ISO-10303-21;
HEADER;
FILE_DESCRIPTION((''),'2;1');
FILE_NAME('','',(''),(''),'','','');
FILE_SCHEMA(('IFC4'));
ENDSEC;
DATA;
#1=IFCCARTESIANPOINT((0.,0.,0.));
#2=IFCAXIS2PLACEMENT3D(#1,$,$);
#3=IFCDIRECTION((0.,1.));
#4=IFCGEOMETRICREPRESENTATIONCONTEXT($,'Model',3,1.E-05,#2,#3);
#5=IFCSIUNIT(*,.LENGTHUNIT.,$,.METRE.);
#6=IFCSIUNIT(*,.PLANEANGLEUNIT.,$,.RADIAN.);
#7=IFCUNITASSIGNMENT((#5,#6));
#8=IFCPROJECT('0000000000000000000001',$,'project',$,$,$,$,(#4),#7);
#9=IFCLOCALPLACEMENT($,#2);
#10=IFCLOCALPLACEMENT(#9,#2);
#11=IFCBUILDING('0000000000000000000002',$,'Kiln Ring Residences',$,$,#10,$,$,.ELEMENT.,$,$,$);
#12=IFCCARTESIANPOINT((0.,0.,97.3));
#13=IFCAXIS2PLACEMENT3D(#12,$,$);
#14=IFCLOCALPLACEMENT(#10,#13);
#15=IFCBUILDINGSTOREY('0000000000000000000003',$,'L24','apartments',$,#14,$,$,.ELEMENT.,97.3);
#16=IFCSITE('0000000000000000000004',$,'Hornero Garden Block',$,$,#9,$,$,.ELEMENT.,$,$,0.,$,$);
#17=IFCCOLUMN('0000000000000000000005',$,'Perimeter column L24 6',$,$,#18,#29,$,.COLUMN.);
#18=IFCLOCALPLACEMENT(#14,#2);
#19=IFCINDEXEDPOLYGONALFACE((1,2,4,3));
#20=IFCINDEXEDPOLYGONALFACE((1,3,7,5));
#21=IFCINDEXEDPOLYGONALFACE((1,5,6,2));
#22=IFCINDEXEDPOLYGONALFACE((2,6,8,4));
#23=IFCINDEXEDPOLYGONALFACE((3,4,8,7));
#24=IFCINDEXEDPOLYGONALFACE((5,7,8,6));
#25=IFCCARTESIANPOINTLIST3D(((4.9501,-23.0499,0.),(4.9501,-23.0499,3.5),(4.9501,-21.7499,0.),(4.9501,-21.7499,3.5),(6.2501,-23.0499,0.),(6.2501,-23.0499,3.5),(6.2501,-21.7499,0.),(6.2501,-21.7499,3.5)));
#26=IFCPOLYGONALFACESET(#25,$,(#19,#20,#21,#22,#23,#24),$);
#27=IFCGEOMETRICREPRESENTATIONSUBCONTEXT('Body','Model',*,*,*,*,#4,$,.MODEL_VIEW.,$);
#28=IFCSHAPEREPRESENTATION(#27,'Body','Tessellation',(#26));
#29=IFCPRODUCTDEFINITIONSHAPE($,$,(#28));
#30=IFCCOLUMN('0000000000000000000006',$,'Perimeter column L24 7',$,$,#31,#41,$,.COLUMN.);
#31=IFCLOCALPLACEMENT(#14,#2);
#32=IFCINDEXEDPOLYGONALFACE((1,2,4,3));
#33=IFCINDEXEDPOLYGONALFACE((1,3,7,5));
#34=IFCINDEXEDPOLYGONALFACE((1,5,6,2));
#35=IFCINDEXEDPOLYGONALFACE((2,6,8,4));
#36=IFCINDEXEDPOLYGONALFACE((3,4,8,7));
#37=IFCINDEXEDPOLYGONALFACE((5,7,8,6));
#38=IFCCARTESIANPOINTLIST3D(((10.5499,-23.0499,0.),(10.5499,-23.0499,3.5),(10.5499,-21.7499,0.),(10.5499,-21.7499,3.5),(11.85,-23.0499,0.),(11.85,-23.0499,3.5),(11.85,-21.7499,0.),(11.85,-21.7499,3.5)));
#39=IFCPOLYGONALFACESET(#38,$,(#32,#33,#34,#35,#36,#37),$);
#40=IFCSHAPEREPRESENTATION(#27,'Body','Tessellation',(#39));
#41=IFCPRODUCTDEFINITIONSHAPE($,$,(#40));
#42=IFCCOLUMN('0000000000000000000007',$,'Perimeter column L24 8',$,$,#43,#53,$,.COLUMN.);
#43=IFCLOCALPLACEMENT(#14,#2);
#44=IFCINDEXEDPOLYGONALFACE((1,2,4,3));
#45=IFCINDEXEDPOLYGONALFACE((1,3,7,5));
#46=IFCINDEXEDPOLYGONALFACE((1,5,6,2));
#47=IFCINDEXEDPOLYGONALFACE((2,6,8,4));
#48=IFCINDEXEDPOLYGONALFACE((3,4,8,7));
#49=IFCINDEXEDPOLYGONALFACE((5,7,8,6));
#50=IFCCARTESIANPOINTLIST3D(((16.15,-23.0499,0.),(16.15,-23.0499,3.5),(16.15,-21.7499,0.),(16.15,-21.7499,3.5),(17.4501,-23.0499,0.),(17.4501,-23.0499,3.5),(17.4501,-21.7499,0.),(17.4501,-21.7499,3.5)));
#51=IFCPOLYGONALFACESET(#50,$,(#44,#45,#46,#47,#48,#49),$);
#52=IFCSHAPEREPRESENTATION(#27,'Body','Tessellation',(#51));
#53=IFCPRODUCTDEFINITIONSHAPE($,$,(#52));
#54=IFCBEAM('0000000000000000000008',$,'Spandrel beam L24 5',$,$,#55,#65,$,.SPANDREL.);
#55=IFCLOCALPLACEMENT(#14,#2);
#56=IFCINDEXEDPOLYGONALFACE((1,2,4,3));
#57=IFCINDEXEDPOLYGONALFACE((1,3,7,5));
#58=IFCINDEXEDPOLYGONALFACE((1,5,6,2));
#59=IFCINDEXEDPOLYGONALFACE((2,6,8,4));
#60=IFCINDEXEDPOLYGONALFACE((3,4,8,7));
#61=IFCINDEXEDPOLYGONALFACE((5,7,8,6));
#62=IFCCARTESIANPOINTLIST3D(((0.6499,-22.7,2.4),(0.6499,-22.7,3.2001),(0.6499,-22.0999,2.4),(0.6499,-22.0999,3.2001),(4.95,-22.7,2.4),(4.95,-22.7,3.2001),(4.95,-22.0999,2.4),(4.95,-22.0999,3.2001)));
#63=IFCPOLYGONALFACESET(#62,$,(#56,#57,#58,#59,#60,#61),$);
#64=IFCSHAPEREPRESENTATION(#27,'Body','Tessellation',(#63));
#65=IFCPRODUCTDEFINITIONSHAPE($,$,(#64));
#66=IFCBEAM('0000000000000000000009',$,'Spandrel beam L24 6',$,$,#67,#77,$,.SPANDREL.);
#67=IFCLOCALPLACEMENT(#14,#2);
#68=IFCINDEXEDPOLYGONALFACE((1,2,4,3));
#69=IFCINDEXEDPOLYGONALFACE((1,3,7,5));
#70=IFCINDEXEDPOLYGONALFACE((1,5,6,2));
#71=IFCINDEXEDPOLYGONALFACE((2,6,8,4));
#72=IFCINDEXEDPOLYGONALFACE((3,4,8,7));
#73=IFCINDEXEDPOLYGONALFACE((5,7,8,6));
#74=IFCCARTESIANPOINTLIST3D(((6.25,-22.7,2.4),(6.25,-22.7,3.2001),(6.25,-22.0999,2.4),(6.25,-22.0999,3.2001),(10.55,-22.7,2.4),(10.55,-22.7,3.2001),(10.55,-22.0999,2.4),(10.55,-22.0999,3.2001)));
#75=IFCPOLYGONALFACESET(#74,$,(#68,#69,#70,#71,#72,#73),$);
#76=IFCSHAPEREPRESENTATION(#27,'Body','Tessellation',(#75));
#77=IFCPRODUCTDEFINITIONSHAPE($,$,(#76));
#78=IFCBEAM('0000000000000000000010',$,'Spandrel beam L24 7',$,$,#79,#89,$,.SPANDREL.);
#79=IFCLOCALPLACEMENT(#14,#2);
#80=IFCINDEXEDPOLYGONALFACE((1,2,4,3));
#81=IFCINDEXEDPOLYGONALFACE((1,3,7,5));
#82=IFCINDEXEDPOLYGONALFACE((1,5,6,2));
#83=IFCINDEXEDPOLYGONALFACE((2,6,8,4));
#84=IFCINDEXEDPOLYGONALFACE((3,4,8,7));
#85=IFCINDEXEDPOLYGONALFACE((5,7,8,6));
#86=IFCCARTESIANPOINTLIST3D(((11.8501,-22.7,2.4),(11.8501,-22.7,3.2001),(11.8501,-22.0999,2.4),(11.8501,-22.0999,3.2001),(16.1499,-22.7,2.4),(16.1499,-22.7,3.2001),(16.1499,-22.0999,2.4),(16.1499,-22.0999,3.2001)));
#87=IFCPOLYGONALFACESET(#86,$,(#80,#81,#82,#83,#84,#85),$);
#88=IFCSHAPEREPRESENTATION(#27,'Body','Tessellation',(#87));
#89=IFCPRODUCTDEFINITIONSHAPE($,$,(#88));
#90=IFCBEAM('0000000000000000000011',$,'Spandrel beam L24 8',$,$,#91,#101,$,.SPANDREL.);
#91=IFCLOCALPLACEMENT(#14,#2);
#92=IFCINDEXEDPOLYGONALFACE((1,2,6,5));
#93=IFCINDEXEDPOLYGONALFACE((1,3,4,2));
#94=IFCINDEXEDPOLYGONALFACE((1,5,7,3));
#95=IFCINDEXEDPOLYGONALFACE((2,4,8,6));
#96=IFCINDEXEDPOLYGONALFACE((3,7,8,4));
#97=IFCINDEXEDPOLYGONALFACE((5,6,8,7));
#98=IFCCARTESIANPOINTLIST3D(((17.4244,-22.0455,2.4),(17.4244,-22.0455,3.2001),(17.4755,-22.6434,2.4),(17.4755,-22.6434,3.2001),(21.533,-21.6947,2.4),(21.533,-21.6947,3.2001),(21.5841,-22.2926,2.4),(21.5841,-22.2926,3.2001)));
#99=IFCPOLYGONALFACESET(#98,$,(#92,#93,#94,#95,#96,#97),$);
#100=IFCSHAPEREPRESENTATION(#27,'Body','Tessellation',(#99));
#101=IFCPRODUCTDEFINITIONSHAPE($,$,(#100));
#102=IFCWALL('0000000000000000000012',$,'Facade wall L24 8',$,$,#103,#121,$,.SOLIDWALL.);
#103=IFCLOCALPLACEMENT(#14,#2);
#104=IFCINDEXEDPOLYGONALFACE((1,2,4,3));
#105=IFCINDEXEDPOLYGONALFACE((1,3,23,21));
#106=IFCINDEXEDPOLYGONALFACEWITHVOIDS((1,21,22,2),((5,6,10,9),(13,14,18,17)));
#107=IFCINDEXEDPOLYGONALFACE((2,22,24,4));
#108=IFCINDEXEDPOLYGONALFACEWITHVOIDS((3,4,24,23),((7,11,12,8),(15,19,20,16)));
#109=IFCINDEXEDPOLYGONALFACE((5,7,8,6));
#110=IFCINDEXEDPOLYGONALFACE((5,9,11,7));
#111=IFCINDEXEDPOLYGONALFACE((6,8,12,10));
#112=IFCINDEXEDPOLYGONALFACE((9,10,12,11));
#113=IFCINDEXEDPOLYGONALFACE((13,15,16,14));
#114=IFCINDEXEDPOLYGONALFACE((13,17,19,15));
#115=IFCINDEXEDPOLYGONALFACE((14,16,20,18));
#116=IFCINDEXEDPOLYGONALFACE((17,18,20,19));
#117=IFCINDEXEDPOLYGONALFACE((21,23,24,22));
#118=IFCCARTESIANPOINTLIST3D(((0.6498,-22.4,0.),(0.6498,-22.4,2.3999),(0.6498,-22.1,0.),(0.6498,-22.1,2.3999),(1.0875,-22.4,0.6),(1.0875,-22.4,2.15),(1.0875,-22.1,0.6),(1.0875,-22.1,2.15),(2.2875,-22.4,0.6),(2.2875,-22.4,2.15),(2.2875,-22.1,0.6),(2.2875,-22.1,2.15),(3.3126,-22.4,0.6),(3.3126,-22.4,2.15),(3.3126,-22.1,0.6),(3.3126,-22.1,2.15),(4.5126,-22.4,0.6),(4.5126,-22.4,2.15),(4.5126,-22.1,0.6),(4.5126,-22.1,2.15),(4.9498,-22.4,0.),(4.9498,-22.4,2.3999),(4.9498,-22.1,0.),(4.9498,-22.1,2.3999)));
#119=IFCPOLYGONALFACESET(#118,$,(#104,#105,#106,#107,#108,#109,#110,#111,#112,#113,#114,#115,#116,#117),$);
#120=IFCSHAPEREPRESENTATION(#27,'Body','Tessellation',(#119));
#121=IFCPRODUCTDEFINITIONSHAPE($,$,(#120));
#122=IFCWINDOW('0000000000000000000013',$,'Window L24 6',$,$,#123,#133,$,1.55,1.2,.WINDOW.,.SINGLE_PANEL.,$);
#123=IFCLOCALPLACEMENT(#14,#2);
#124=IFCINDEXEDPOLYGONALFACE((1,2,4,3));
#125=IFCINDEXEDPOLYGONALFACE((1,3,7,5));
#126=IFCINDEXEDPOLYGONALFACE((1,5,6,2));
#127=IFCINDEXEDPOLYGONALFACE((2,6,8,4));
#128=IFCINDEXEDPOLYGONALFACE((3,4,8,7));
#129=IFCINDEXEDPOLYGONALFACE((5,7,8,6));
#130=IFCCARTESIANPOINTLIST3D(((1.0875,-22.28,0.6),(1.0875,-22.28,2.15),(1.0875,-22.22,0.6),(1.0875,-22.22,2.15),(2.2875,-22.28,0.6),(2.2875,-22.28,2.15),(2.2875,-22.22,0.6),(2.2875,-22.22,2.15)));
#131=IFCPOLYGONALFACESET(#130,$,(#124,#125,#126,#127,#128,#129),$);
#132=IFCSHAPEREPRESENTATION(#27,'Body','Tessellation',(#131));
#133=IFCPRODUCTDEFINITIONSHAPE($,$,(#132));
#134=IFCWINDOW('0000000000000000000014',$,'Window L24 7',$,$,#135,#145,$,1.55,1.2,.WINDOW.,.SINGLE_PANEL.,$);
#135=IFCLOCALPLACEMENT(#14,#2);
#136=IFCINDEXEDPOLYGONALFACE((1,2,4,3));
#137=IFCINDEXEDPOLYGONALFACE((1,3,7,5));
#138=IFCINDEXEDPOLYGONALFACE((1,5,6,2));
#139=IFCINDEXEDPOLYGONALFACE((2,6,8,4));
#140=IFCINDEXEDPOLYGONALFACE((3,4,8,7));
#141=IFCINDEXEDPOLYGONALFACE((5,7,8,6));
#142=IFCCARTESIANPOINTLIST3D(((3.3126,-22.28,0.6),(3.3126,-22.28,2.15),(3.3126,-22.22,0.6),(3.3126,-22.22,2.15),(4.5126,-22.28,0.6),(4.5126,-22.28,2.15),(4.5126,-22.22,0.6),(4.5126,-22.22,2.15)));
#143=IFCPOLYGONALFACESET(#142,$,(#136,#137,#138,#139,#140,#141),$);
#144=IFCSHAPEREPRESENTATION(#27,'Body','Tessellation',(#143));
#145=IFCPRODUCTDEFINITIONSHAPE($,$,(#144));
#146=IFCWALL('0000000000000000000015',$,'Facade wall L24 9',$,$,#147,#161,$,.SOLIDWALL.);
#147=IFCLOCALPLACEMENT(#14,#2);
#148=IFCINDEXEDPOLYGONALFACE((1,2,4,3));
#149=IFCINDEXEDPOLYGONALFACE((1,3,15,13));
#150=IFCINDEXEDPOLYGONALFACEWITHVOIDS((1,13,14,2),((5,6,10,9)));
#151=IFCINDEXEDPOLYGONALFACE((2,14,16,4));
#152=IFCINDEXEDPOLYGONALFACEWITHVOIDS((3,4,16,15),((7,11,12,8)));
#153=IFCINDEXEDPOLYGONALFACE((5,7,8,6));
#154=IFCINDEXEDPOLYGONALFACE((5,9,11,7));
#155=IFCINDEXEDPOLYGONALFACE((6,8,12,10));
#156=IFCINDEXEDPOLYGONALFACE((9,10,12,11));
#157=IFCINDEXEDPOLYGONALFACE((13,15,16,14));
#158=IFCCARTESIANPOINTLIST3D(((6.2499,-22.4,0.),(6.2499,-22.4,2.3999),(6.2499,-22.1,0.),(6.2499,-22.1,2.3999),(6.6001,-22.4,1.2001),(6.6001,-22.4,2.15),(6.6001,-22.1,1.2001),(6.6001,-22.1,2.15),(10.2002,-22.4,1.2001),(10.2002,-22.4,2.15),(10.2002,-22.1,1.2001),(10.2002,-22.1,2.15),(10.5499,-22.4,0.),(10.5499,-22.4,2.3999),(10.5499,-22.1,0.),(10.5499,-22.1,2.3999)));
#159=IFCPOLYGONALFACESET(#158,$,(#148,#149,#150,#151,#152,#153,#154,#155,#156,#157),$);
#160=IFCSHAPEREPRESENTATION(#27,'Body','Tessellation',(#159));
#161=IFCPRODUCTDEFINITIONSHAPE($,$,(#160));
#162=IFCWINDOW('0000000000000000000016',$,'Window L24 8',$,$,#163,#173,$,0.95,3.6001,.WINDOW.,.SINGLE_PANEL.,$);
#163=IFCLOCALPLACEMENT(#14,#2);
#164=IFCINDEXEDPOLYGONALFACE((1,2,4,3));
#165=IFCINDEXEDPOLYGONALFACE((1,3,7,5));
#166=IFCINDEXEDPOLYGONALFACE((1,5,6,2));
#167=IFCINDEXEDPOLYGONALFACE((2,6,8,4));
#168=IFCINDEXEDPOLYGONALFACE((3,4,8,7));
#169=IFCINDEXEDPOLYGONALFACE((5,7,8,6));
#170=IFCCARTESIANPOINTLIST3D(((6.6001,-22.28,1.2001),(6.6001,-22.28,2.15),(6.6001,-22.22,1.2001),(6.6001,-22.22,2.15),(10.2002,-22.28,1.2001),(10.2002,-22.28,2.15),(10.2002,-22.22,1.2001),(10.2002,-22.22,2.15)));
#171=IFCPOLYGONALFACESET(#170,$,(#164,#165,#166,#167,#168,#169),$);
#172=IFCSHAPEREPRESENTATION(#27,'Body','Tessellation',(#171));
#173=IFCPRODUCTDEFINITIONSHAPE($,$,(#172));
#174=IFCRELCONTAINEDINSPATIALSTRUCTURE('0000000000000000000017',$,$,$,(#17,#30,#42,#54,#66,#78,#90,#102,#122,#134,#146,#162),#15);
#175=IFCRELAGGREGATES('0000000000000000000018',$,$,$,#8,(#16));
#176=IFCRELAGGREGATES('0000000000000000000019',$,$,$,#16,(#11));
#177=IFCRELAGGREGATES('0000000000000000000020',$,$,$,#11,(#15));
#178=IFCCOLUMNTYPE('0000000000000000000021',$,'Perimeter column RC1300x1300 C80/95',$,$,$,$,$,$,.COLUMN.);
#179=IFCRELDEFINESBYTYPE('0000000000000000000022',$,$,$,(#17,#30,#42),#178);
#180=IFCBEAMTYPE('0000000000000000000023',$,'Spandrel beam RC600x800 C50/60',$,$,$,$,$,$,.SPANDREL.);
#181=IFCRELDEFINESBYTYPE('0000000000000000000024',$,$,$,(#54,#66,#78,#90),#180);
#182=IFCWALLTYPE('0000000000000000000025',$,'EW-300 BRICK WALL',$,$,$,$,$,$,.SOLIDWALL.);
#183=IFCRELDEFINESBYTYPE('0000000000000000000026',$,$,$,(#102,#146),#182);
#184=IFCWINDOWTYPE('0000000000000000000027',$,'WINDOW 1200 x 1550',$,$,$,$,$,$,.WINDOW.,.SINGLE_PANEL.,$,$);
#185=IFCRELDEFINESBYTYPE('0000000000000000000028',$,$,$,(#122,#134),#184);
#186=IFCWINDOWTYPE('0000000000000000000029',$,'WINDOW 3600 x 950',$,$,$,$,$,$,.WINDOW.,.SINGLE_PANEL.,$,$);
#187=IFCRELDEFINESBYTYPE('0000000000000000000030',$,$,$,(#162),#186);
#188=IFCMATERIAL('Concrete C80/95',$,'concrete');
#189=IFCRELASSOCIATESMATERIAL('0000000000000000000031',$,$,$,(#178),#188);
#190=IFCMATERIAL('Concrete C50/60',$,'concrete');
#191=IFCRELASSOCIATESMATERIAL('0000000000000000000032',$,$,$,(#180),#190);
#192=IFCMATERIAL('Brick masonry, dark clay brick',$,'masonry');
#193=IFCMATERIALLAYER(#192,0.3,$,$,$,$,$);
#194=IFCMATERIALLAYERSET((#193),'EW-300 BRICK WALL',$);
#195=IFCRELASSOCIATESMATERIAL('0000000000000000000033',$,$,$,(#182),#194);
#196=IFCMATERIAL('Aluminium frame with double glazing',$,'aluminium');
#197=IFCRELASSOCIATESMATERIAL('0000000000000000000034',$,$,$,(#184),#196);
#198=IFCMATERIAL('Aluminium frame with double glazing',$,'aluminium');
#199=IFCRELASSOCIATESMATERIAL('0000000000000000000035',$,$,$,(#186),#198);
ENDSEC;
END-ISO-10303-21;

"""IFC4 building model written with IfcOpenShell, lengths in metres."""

from ifc_helpers import new_model, si_unit, direction, frame, frame_2d, origin, origin_2d, place, context, subcontext, project, spatial, rectangle, extrude, material, layer, layer_set, material_profile, profile_set, type_object, element, fill, save


model = new_model("IFC4")

# Units and contexts
model_context = context("Model", 3, precision=1e-05, world=origin(), true_north=direction((0.0, 1.0)))
body_context = subcontext(model_context, "Body", "Model", "MODEL_VIEW")
ifc_project = project(units=[si_unit("LENGTHUNIT", "METRE"), si_unit("PLANEANGLEUNIT", "RADIAN")], contexts=[model_context])

# Site, building, storey
site_placement = place(None, origin())
site = spatial("IfcSite", under=ifc_project, at=site_placement, Name="Hornero Garden Block", CompositionType="ELEMENT", RefElevation=0.0)
building_placement = place(site_placement, origin())
building = spatial("IfcBuilding", under=site, at=building_placement, Name="Kiln Ring Residences", CompositionType="ELEMENT")
storey_placement = place(building_placement, frame((0.0, 0.0, 97.3)))
storey = spatial("IfcBuildingStorey", under=building, at=storey_placement, Name="L24", Description="apartments", CompositionType="ELEMENT", Elevation=97.3)

# Columns
ifc_material_1 = material(Name="Concrete C80/95", Category="concrete")
ifc_material_profile_1 = material_profile(ifc_material_1, rectangle(XDim=1.3, YDim=1.3, at=origin_2d()), Name="RC1300x1300")
ifc_profile_set_1 = profile_set([ifc_material_profile_1], Name="Concrete C80/95")
column_type = type_object("IfcColumnType", Name="Perimeter column RC1300x1300 C80/95", PredefinedType="COLUMN", material=ifc_profile_set_1)
for number, where, z_axis, x_axis, name in (
    (1, (5.6001, -22.3999, 0.0), (0.0, 0.0, 1.0), (1.0, 0.0, 0.0), "Perimeter column L24 6"),
    (2, (11.2, -22.3999, 0.0), (0.0, 0.0, 1.0), (1.0, 0.0, 0.0), "Perimeter column L24 7"),
    (3, (16.8, -22.3999, 0.0), (0.0, 0.0, 1.0), (1.0, 0.0, 0.0), "Perimeter column L24 8"),
):
    element("IfcColumn", number, at=place(storey_placement, frame(where, z_axis=z_axis, x_axis=x_axis)), inside=storey, type_object=column_type, Name=name, PredefinedType="COLUMN", context=body_context, shape_type="SweptSolid", body=[
        extrude(rectangle(XDim=1.3, YDim=1.3, at=origin_2d()), origin(), (0.0, 0.0, 1.0), 3.5),
    ])

# Beams
ifc_material_2 = material(Name="Concrete C50/60", Category="concrete")
ifc_material_profile_2 = material_profile(ifc_material_2, rectangle(XDim=0.6001, YDim=0.8, at=origin_2d()), Name="RC600x800")
ifc_profile_set_2 = profile_set([ifc_material_profile_2], Name="Concrete C50/60")
beam_type = type_object("IfcBeamType", Name="Spandrel beam RC600x800 C50/60", PredefinedType="SPANDREL", material=ifc_profile_set_2)
for number, where, z_axis, x_axis, name in (
    (4, (0.6499, -22.3999, 2.8), (1.0, 0.0, 0.0), (0.0, 1.0, 0.0), "Spandrel beam L24 5"),
    (5, (6.25, -22.3999, 2.8), (1.0, 0.0, 0.0), (0.0, 1.0, 0.0), "Spandrel beam L24 6"),
):
    element("IfcBeam", number, at=place(storey_placement, frame(where, z_axis=z_axis, x_axis=x_axis)), inside=storey, type_object=beam_type, Name=name, PredefinedType="SPANDREL", context=body_context, shape_type="SweptSolid", body=[
        extrude(rectangle(XDim=0.6001, YDim=0.8, at=origin_2d()), origin(), (0.0, 0.0, 1.0), 4.3),
    ])
beam_1_placement = place(storey_placement, frame((11.8501, -22.3999, 2.8), z_axis=(1.0, 0.0, 0.0), x_axis=(0.0, 1.0, 0.0)))
element("IfcBeam", 6, at=beam_1_placement, inside=storey, type_object=beam_type, Name="Spandrel beam L24 7", PredefinedType="SPANDREL", context=body_context, shape_type="SweptSolid", body=[
    extrude(rectangle(XDim=0.6001, YDim=0.8, at=origin_2d()), origin(), (0.0, 0.0, 1.0), 4.2998),
])
beam_2_placement = place(storey_placement, frame((17.45, -22.3445, 2.8), z_axis=(0.996374, 0.085079, 0.0), x_axis=(-0.085079, 0.996374, 0.0)))
element("IfcBeam", 7, at=beam_2_placement, inside=storey, type_object=beam_type, Name="Spandrel beam L24 8", PredefinedType="SPANDREL", context=body_context, shape_type="SweptSolid", body=[
    extrude(rectangle(XDim=0.6001, YDim=0.8, at=origin_2d()), origin(), (0.0, 0.0, 1.0), 4.1235),
])

# Wall, openings, windows
ifc_material_3 = material(Name="Brick masonry, dark clay brick", Category="masonry")
ifc_layer_1 = layer(ifc_material_3, 0.3)
ifc_layer_set_1 = layer_set([ifc_layer_1], Name="EW-300 BRICK WALL")
wall_type_1 = type_object("IfcWallType", Name="EW-300 BRICK WALL", PredefinedType="SOLIDWALL", material=ifc_layer_set_1)
wall_1_placement = place(storey_placement, frame((0.6499, -22.25, 0.0), z_axis=(0.0, 0.0, 1.0), x_axis=(1.0, 0.0, 0.0)))
wall_1 = element("IfcWall", 8, at=wall_1_placement, inside=storey, type_object=wall_type_1, Name="Facade wall L24 8", PredefinedType="SOLIDWALL", context=body_context, shape_type="SweptSolid", body=[
    extrude(rectangle(XDim=4.3, YDim=0.3, at=frame_2d((2.1499, 0.0))), origin(), (0.0, 0.0, 1.0), 2.3999),
])
opening_1_placement = place(wall_1_placement, frame((0.4375, 0.0, 0.6001)))
opening_1 = element("IfcOpeningElement", 9, at=opening_1_placement, cuts=wall_1, PredefinedType="OPENING", context=body_context, shape_type="SweptSolid", body=[
    extrude(rectangle(XDim=1.2, YDim=1.55, at=frame_2d((0.6001, 0.7749))), frame((0.0, 0.1599, 0.0), z_axis=(0.0, -1.0, 0.0), x_axis=(1.0, 0.0, 0.0)), (0.0, 0.0, 1.0), 0.3201),
])
opening_2_placement = place(wall_1_placement, frame((2.6626, 0.0, 0.6001)))
opening_2 = element("IfcOpeningElement", 10, at=opening_2_placement, cuts=wall_1, PredefinedType="OPENING", context=body_context, shape_type="SweptSolid", body=[
    extrude(rectangle(XDim=1.2, YDim=1.55, at=frame_2d((0.6001, 0.7749))), frame((0.0, 0.1599, 0.0), z_axis=(0.0, -1.0, 0.0), x_axis=(1.0, 0.0, 0.0)), (0.0, 0.0, 1.0), 0.3201),
])
ifc_material_4 = material(Name="Aluminium frame with double glazing", Category="aluminium")
window_type_1 = type_object("IfcWindowType", Name="WINDOW 1200 x 1550", PartitioningType="SINGLE_PANEL", PredefinedType="WINDOW", material=ifc_material_4)
window_1_placement = place(opening_1_placement, origin())
window_1 = element("IfcWindow", 11, at=window_1_placement, inside=storey, type_object=window_type_1, Name="Window L24 6", OverallHeight=1.55, OverallWidth=1.2, PartitioningType="SINGLE_PANEL", PredefinedType="WINDOW", context=body_context, shape_type="SweptSolid", body=[
    extrude(rectangle(XDim=1.2, YDim=1.55, at=frame_2d((0.6001, 0.7749))), frame((0.0, 0.03, 0.0), z_axis=(0.0, -1.0, 0.0), x_axis=(1.0, 0.0, 0.0)), (0.0, 0.0, 1.0), 0.0601),
])
fill(opening_1, window_1)
window_2_placement = place(opening_2_placement, origin())
window_2 = element("IfcWindow", 12, at=window_2_placement, inside=storey, type_object=window_type_1, Name="Window L24 7", OverallHeight=1.55, OverallWidth=1.2, PartitioningType="SINGLE_PANEL", PredefinedType="WINDOW", context=body_context, shape_type="SweptSolid", body=[
    extrude(rectangle(XDim=1.2, YDim=1.55, at=frame_2d((0.6001, 0.7749))), frame((0.0, 0.03, 0.0), z_axis=(0.0, -1.0, 0.0), x_axis=(1.0, 0.0, 0.0)), (0.0, 0.0, 1.0), 0.0601),
])
fill(opening_2, window_2)

# Wall, opening, window
wall_2_placement = place(storey_placement, frame((6.25, -22.25, 0.0), z_axis=(0.0, 0.0, 1.0), x_axis=(1.0, 0.0, 0.0)))
wall_2 = element("IfcWall", 13, at=wall_2_placement, inside=storey, type_object=wall_type_1, Name="Facade wall L24 9", PredefinedType="SOLIDWALL", context=body_context, shape_type="SweptSolid", body=[
    extrude(rectangle(XDim=4.3, YDim=0.3, at=frame_2d((2.1499, 0.0))), origin(), (0.0, 0.0, 1.0), 2.3999),
])
opening_3_placement = place(wall_2_placement, frame((0.3501, 0.0, 1.2)))
opening_3 = element("IfcOpeningElement", 14, at=opening_3_placement, cuts=wall_2, PredefinedType="OPENING", context=body_context, shape_type="SweptSolid", body=[
    extrude(rectangle(XDim=3.6001, YDim=0.95, at=frame_2d((1.8, 0.4751))), frame((0.0, 0.1599, 0.0), z_axis=(0.0, -1.0, 0.0), x_axis=(1.0, 0.0, 0.0)), (0.0, 0.0, 1.0), 0.3201),
])
ifc_material_5 = material(Name="Aluminium frame with double glazing", Category="aluminium")
window_type_2 = type_object("IfcWindowType", Name="WINDOW 3600 x 950", PartitioningType="SINGLE_PANEL", PredefinedType="WINDOW", material=ifc_material_5)
window_3_placement = place(opening_3_placement, origin())
window_3 = element("IfcWindow", 15, at=window_3_placement, inside=storey, type_object=window_type_2, Name="Window L24 8", OverallHeight=0.95, OverallWidth=3.6001, PartitioningType="SINGLE_PANEL", PredefinedType="WINDOW", context=body_context, shape_type="SweptSolid", body=[
    extrude(rectangle(XDim=3.6001, YDim=0.95, at=frame_2d((1.8, 0.4751))), frame((0.0, 0.03, 0.0), z_axis=(0.0, -1.0, 0.0), x_axis=(1.0, 0.0, 0.0)), (0.0, 0.0, 1.0), 0.0601),
])
fill(opening_3, window_3)

save(model, "model.ifc")
